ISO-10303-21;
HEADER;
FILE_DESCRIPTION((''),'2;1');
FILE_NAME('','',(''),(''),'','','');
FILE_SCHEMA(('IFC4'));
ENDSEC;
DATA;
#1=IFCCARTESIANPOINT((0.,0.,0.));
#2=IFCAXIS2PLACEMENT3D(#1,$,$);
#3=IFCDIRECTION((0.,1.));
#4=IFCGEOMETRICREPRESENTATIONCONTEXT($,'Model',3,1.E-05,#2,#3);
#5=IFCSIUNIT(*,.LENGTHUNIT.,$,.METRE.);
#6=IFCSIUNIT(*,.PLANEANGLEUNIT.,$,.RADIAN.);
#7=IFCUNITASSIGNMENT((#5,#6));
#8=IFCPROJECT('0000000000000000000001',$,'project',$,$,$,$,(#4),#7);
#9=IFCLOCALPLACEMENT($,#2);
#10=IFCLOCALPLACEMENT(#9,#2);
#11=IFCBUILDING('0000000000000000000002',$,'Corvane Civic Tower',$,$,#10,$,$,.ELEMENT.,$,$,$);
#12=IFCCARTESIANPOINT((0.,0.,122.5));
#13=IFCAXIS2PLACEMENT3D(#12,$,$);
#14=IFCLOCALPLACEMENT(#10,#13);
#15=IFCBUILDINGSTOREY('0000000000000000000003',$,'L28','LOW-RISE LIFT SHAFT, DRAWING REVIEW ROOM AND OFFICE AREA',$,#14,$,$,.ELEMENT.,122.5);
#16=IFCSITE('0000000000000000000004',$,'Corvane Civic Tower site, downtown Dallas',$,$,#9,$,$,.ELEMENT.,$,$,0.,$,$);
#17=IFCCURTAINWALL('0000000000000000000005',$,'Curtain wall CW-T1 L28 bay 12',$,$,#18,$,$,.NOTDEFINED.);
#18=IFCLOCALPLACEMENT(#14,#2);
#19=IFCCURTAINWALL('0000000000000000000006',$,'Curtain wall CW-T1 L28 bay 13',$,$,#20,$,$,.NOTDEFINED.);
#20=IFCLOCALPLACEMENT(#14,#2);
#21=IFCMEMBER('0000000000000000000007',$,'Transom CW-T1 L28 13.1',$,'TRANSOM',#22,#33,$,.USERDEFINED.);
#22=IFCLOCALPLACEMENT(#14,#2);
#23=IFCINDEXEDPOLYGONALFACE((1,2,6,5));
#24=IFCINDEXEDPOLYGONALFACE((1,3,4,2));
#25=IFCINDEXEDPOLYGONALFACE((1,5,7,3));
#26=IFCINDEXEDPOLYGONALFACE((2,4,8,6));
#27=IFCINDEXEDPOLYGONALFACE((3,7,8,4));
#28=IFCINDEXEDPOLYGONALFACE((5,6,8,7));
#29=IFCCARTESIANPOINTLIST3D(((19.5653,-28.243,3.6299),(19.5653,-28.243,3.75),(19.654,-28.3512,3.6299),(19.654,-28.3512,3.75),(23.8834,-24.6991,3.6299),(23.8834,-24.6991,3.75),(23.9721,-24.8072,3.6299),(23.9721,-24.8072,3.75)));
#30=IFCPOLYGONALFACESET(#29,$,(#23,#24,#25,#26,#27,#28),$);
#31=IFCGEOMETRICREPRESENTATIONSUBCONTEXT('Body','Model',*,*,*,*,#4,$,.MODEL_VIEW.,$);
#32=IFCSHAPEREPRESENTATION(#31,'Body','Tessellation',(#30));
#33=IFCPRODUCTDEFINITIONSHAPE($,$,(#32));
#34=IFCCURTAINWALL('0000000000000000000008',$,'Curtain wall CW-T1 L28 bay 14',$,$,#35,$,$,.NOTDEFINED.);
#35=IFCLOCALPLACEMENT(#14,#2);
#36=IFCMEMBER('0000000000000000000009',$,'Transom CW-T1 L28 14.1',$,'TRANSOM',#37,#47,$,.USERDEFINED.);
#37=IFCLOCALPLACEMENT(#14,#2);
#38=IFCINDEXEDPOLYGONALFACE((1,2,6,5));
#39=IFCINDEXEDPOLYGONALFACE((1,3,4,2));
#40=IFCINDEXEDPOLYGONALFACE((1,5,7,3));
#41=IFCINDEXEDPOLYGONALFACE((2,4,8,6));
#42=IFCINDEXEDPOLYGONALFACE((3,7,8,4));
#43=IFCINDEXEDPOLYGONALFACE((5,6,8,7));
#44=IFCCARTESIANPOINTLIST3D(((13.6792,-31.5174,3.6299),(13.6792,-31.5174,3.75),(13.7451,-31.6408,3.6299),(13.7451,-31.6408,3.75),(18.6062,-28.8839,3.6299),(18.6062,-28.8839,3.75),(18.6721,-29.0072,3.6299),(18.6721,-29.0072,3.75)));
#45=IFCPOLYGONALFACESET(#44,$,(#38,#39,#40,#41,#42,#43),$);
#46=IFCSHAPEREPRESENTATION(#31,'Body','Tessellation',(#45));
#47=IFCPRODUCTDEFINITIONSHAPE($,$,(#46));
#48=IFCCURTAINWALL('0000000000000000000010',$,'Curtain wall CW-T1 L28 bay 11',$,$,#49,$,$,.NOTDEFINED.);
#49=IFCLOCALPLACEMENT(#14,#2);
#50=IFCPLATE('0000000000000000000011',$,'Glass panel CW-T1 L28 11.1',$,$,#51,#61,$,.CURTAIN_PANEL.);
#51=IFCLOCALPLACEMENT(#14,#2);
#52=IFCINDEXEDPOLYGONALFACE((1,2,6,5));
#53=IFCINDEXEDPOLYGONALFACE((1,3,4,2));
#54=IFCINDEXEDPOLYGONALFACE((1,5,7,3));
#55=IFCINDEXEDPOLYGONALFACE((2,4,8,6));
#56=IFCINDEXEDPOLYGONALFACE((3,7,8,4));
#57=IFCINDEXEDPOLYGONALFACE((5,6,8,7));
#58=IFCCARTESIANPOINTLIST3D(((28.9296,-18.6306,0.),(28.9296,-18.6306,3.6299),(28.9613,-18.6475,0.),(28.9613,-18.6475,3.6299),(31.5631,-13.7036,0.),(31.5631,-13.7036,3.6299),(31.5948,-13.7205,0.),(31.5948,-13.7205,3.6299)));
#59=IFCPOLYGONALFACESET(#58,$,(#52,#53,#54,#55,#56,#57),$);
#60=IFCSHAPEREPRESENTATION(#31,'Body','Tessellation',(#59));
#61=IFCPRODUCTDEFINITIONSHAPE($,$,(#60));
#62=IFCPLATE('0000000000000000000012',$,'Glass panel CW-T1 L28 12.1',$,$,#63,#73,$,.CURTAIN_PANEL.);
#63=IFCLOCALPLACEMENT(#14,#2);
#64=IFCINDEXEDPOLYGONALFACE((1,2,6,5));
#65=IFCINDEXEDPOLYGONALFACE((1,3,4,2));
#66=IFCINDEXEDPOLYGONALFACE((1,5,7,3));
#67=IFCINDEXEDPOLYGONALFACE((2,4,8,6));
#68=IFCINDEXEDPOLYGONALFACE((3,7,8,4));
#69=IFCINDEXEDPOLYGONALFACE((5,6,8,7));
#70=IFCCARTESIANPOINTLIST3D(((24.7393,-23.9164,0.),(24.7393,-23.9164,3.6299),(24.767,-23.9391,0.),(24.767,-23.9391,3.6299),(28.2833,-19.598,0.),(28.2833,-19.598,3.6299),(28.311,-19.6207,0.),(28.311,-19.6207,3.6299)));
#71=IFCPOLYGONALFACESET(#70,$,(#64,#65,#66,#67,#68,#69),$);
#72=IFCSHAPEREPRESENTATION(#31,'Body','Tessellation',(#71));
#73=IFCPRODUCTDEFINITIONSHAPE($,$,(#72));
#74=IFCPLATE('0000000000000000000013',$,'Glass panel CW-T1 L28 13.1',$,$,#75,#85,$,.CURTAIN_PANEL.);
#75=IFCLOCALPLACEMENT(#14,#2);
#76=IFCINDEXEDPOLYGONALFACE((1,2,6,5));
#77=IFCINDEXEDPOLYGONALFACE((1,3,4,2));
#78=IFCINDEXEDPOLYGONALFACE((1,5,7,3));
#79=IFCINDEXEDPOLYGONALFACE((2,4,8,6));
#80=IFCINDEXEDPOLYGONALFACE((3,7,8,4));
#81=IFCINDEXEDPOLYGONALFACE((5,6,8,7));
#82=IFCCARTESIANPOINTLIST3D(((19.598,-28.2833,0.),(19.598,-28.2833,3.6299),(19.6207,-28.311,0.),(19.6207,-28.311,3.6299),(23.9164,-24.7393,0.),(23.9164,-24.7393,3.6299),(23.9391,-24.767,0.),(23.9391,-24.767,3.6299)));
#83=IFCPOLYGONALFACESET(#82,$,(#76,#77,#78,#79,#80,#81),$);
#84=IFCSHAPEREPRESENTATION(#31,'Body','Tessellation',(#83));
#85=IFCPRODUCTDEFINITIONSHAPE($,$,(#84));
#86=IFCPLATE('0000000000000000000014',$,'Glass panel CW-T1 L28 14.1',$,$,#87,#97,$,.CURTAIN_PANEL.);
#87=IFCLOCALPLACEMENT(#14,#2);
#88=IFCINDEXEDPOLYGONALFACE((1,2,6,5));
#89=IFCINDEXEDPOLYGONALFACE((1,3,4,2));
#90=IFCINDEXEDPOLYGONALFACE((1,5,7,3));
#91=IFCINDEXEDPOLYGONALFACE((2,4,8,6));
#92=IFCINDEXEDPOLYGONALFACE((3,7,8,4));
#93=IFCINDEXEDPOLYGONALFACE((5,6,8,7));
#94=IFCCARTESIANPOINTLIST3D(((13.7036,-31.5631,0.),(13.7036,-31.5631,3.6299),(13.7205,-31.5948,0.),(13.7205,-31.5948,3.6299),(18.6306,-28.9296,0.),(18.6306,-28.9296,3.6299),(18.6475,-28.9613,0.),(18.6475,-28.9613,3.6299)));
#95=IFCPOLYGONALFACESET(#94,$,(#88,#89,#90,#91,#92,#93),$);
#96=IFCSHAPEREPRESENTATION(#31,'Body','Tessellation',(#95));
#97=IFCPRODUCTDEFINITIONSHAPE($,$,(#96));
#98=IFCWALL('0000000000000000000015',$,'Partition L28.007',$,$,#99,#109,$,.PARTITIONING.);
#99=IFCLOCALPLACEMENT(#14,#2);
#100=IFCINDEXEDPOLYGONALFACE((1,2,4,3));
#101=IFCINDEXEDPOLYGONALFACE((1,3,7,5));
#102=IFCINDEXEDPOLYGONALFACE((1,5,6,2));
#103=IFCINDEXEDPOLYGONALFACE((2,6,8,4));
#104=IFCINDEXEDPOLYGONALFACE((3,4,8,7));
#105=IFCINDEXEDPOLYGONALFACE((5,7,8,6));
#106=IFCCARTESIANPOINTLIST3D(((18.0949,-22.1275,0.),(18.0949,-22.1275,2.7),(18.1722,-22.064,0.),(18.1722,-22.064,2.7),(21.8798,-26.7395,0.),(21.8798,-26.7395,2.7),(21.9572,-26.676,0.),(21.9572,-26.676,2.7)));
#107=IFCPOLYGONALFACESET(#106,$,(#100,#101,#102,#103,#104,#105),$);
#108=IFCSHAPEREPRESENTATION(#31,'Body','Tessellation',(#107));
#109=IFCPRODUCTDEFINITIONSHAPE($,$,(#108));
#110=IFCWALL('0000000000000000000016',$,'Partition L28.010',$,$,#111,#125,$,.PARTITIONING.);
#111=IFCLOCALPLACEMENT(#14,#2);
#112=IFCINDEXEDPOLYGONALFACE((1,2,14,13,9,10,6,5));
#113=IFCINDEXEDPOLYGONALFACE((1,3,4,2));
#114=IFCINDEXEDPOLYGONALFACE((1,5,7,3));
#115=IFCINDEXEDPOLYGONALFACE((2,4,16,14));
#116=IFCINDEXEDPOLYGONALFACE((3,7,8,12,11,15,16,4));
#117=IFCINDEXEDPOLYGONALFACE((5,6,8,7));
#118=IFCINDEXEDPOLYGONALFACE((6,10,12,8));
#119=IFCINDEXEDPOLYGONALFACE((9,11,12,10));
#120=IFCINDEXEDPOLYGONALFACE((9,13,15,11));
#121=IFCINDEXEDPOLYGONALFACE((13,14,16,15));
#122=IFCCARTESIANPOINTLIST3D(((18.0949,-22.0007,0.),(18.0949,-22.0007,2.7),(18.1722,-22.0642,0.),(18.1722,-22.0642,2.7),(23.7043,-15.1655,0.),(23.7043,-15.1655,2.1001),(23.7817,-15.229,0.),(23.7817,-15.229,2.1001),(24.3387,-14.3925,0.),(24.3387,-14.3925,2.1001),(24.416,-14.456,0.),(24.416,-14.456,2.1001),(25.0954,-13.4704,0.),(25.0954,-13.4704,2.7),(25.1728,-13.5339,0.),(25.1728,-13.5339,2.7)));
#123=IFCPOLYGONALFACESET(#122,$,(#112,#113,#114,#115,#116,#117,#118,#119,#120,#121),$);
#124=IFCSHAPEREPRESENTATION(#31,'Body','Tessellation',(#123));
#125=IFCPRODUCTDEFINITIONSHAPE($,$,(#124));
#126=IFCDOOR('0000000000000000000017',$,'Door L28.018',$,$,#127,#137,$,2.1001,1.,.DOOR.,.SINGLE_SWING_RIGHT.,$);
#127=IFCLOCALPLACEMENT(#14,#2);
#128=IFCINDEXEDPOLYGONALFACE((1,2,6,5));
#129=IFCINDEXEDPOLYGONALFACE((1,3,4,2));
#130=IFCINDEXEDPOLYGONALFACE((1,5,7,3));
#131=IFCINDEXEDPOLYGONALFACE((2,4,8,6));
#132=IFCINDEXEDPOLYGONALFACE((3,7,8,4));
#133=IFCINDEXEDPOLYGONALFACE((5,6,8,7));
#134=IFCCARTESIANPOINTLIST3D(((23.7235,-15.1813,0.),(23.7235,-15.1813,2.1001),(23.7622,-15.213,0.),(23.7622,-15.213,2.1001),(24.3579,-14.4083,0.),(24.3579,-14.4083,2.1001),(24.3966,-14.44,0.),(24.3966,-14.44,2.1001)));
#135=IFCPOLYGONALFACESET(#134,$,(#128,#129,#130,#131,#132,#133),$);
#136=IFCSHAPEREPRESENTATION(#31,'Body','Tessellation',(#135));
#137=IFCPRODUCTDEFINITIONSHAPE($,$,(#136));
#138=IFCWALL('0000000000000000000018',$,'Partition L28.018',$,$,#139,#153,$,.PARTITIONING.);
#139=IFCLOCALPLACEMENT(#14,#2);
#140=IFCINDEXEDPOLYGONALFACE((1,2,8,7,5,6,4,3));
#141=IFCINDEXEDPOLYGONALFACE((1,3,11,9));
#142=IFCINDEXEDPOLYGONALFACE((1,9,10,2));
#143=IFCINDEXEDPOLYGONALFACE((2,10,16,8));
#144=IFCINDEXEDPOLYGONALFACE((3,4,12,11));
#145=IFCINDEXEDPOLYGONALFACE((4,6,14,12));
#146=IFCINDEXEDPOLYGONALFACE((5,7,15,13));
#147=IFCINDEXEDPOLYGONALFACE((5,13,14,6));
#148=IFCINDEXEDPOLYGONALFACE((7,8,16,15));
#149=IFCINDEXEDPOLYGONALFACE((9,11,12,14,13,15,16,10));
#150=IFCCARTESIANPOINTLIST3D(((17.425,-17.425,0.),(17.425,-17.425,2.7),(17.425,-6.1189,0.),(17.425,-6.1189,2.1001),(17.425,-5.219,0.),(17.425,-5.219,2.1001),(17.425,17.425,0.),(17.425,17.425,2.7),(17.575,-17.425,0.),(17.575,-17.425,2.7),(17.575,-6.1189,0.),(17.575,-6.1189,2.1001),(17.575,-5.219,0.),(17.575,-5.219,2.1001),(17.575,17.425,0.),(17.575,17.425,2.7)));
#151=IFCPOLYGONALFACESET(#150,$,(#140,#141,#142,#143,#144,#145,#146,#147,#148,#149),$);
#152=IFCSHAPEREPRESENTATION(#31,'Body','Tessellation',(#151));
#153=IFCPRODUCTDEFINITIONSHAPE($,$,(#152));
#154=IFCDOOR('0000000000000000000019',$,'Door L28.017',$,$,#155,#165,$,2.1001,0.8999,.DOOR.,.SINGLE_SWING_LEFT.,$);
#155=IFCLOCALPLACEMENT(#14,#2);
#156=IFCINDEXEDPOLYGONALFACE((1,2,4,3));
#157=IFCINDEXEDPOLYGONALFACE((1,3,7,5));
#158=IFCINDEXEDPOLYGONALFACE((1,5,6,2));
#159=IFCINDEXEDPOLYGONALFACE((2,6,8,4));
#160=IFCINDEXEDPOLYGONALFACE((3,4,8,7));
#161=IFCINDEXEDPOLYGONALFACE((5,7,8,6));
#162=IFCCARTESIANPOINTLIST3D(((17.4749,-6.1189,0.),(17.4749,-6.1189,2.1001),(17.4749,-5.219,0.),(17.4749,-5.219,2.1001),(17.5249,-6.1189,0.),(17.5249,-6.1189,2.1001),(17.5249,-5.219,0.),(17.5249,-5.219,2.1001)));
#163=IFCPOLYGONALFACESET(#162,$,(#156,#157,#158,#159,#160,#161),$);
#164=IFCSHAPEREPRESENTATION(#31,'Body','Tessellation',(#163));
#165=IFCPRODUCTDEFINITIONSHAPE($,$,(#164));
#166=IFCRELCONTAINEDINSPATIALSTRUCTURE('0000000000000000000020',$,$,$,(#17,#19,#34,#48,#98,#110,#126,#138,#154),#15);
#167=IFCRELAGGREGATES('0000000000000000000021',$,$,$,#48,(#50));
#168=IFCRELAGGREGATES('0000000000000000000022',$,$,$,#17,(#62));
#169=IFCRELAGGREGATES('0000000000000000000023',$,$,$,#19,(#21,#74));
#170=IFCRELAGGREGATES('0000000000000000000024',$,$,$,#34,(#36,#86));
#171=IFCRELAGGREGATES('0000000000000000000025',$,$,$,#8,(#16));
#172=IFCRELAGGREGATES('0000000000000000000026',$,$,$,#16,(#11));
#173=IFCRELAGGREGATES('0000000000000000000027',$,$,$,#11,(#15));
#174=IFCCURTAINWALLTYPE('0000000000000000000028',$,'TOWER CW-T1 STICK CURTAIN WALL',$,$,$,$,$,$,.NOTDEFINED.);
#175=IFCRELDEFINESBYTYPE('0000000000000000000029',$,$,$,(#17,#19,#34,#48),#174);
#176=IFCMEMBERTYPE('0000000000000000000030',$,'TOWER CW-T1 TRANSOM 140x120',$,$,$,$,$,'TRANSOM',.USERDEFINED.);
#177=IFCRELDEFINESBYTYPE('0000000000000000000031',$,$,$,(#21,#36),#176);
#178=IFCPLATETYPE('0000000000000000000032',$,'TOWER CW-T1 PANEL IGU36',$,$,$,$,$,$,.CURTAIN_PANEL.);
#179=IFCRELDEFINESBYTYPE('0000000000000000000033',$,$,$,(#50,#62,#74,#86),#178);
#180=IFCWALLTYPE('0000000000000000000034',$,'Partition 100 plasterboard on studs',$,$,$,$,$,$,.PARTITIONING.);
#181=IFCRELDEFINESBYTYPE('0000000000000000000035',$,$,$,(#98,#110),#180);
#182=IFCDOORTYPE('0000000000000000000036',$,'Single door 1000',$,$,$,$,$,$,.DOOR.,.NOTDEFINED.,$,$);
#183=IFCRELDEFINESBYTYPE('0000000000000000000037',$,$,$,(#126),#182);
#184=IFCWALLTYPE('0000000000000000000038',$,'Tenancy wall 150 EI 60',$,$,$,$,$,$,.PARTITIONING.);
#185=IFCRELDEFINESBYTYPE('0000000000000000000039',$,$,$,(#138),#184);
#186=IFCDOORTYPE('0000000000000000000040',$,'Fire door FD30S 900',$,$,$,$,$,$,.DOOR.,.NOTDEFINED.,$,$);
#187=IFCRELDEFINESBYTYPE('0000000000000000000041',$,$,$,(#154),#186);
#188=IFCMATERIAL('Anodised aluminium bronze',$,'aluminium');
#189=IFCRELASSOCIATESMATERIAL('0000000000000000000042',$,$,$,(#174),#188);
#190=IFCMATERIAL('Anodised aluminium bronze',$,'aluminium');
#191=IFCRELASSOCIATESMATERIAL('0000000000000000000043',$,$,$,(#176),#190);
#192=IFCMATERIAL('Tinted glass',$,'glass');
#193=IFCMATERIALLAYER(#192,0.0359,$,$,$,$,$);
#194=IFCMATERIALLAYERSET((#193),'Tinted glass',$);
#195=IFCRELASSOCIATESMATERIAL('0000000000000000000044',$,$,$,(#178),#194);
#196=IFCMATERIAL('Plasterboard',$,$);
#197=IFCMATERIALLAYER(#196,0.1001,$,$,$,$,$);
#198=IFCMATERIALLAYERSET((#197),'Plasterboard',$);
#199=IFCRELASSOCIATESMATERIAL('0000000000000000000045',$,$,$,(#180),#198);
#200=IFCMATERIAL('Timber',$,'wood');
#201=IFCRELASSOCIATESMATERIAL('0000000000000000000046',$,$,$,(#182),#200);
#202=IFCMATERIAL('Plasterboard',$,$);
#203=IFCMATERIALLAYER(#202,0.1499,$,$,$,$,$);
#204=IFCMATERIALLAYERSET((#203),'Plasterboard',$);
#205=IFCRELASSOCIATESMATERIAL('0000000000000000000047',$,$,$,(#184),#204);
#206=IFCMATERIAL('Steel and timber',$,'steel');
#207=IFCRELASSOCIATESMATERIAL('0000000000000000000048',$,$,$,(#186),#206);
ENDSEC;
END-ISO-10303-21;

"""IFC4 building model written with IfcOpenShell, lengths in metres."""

from ifc_helpers import new_model, si_unit, direction, frame, frame_2d, origin, origin_2d, place, context, subcontext, project, spatial, rectangle, extrude, material, layer, layer_set, material_profile, profile_set, type_object, element, fill, aggregate, save


model = new_model("IFC4")

# Units and contexts
model_context = context("Model", 3, precision=1e-05, world=origin(), true_north=direction((0.0, 1.0)))
body_context = subcontext(model_context, "Body", "Model", "MODEL_VIEW")
ifc_project = project(units=[si_unit("LENGTHUNIT", "METRE"), si_unit("PLANEANGLEUNIT", "RADIAN")], contexts=[model_context])

# Site, building, storey
site_placement = place(None, origin())
site = spatial("IfcSite", under=ifc_project, at=site_placement, Name="Corvane Civic Tower site, downtown Dallas", CompositionType="ELEMENT", RefElevation=0.0)
building_placement = place(site_placement, origin())
building = spatial("IfcBuilding", under=site, at=building_placement, Name="Corvane Civic Tower", CompositionType="ELEMENT")
storey_placement = place(building_placement, frame((0.0, 0.0, 122.5)))
storey = spatial("IfcBuildingStorey", under=building, at=storey_placement, Name="L28", Description="LOW-RISE LIFT SHAFT, DRAWING REVIEW ROOM AND OFFICE AREA", CompositionType="ELEMENT", Elevation=122.5)

# Curtain walls, members
ifc_material_1 = material(Name="Anodised aluminium bronze", Category="aluminium")
curtain_wall_type = type_object("IfcCurtainWallType", Name="TOWER CW-T1 STICK CURTAIN WALL", PredefinedType="NOTDEFINED", material=ifc_material_1)
curtain_wall_1_placement = place(storey_placement, origin())
curtain_wall_1 = element("IfcCurtainWall", 1, at=curtain_wall_1_placement, inside=storey, type_object=curtain_wall_type, Name="Curtain wall CW-T1 L28 bay 12", PredefinedType="NOTDEFINED")
ifc_material_2 = material(Name="Anodised aluminium bronze", Category="aluminium")
ifc_material_profile_1 = material_profile(ifc_material_2, rectangle(XDim=0.1399, YDim=0.1201, at=origin_2d()), Name="TOWER CW-T1 TRANSOM 140x120")
ifc_profile_set_1 = profile_set([ifc_material_profile_1], Name="Anodised aluminium bronze")
member_type = type_object("IfcMemberType", Name="TOWER CW-T1 TRANSOM 140x120", ElementType="TRANSOM", PredefinedType="USERDEFINED", material=ifc_profile_set_1)
curtain_wall_2_placement = place(storey_placement, origin())
curtain_wall_2 = element("IfcCurtainWall", 2, at=curtain_wall_2_placement, inside=storey, type_object=curtain_wall_type, Name="Curtain wall CW-T1 L28 bay 13", PredefinedType="NOTDEFINED")
member_1_placement = place(storey_placement, frame((23.9277, -24.7532, 3.6899), z_axis=(-0.772996, -0.63441, 0.0), x_axis=(0.63441, -0.772996, 0.0)))
member_1 = element("IfcMember", 3, at=member_1_placement, type_object=member_type, Name="Transom CW-T1 L28 13.1", ObjectType="TRANSOM", PredefinedType="USERDEFINED", context=body_context, shape_type="SweptSolid", body=[
    extrude(rectangle(XDim=0.1399, YDim=0.1201, at=origin_2d()), origin(), (0.0, 0.0, 1.0), 5.5862),
])
curtain_wall_3_placement = place(storey_placement, origin())
curtain_wall_3 = element("IfcCurtainWall", 4, at=curtain_wall_3_placement, inside=storey, type_object=curtain_wall_type, Name="Curtain wall CW-T1 L28 bay 14", PredefinedType="NOTDEFINED")
member_2_placement = place(storey_placement, frame((18.6392, -28.9456, 3.6899), z_axis=(-0.881921, -0.471398, 0.0), x_axis=(0.471398, -0.881921, 0.0)))
member_2 = element("IfcMember", 5, at=member_2_placement, type_object=member_type, Name="Transom CW-T1 L28 14.1", ObjectType="TRANSOM", PredefinedType="USERDEFINED", context=body_context, shape_type="SweptSolid", body=[
    extrude(rectangle(XDim=0.1399, YDim=0.1201, at=origin_2d()), origin(), (0.0, 0.0, 1.0), 5.5867),
])

# Curtain wall, plate
curtain_wall_4_placement = place(storey_placement, origin())
curtain_wall_4 = element("IfcCurtainWall", 6, at=curtain_wall_4_placement, inside=storey, type_object=curtain_wall_type, Name="Curtain wall CW-T1 L28 bay 11", PredefinedType="NOTDEFINED")
ifc_material_3 = material(Name="Tinted glass", Category="glass")
ifc_layer_1 = layer(ifc_material_3, 0.0359)
ifc_layer_set_1 = layer_set([ifc_layer_1], Name="Tinted glass")
plate_type = type_object("IfcPlateType", Name="TOWER CW-T1 PANEL IGU36", PredefinedType="CURTAIN_PANEL", material=ifc_layer_set_1)
plate_1_placement = place(storey_placement, frame((30.2622, -16.1755, 0.0), z_axis=(0.0, 0.0, 1.0), x_axis=(-0.471392, -0.881924, 0.0)))
plate_1 = element("IfcPlate", 7, at=plate_1_placement, type_object=plate_type, Name="Glass panel CW-T1 L28 11.1", PredefinedType="CURTAIN_PANEL", context=body_context, shape_type="SweptSolid", body=[
    extrude(rectangle(XDim=5.5867, YDim=0.0359, at=origin_2d()), origin(), (0.0, 0.0, 1.0), 3.6299),
])
aggregate(curtain_wall_4, [plate_1])

# Plates
plate_2_placement = place(storey_placement, frame((26.5251, -21.7686, 0.0), z_axis=(0.0, 0.0, 1.0), x_axis=(-0.63439, -0.773013, 0.0)))
plate_2 = element("IfcPlate", 8, at=plate_2_placement, type_object=plate_type, Name="Glass panel CW-T1 L28 12.1", PredefinedType="CURTAIN_PANEL", context=body_context, shape_type="SweptSolid", body=[
    extrude(rectangle(XDim=5.5864, YDim=0.0359, at=origin_2d()), origin(), (0.0, 0.0, 1.0), 3.6299),
])
aggregate(curtain_wall_1, [plate_2])
plate_3_placement = place(storey_placement, frame((21.7686, -26.5251, 0.0), z_axis=(0.0, 0.0, 1.0), x_axis=(-0.773013, -0.63439, 0.0)))
plate_3 = element("IfcPlate", 9, at=plate_3_placement, type_object=plate_type, Name="Glass panel CW-T1 L28 13.1", PredefinedType="CURTAIN_PANEL", context=body_context, shape_type="SweptSolid", body=[
    extrude(rectangle(XDim=5.5864, YDim=0.0359, at=origin_2d()), origin(), (0.0, 0.0, 1.0), 3.6299),
])
aggregate(curtain_wall_2, [member_1, plate_3])
plate_4_placement = place(storey_placement, frame((16.1755, -30.2622, 0.0), z_axis=(0.0, 0.0, 1.0), x_axis=(-0.881924, -0.471392, 0.0)))
plate_4 = element("IfcPlate", 10, at=plate_4_placement, type_object=plate_type, Name="Glass panel CW-T1 L28 14.1", PredefinedType="CURTAIN_PANEL", context=body_context, shape_type="SweptSolid", body=[
    extrude(rectangle(XDim=5.5867, YDim=0.0359, at=origin_2d()), origin(), (0.0, 0.0, 1.0), 3.6299),
])
aggregate(curtain_wall_3, [member_2, plate_4])

# Wall
ifc_material_4 = material(Name="Plasterboard")
ifc_layer_2 = layer(ifc_material_4, 0.1001)
ifc_layer_set_2 = layer_set([ifc_layer_2], Name="Plasterboard")
wall_type_1 = type_object("IfcWallType", Name="Partition 100 plasterboard on studs", PredefinedType="PARTITIONING", material=ifc_layer_set_2)
wall_1_placement = place(storey_placement, frame((18.1335, -22.0957, 0.0), z_axis=(0.0, 0.0, 1.0), x_axis=(0.634382, -0.773019, 0.0)))
element("IfcWall", 11, at=wall_1_placement, inside=storey, type_object=wall_type_1, Name="Partition L28.007", PredefinedType="PARTITIONING", context=body_context, shape_type="SweptSolid", body=[
    extrude(rectangle(XDim=5.9663, YDim=0.1001, at=frame_2d((2.9832, 0.0))), origin(), (0.0, 0.0, 1.0), 2.7),
])

# Walls, openings, doors
wall_2_placement = place(storey_placement, frame((18.1335, -22.0325, 0.0), z_axis=(0.0, 0.0, 1.0), x_axis=(0.634386, 0.773016, 0.0)))
wall_2 = element("IfcWall", 12, at=wall_2_placement, inside=storey, type_object=wall_type_1, Name="Partition L28.010", PredefinedType="PARTITIONING", context=body_context, shape_type="SweptSolid", body=[
    extrude(rectangle(XDim=11.0352, YDim=0.1001, at=frame_2d((5.5176, 0.0))), origin(), (0.0, 0.0, 1.0), 2.7),
])
opening_1_placement = place(wall_2_placement, frame((8.8423, 0.0, 0.0)))
opening_1 = element("IfcOpeningElement", 13, at=opening_1_placement, cuts=wall_2, PredefinedType="OPENING", context=body_context, shape_type="SweptSolid", body=[
    extrude(rectangle(XDim=1.0, YDim=2.1001, at=frame_2d((0.5, 1.05))), frame((0.0, 0.0601, 0.0), z_axis=(0.0, -1.0, 0.0), x_axis=(1.0, 0.0, 0.0)), (0.0, 0.0, 1.0), 0.1201),
])
ifc_material_5 = material(Name="Timber", Category="wood")
door_type_1 = type_object("IfcDoorType", Name="Single door 1000", OperationType="NOTDEFINED", PredefinedType="DOOR", material=ifc_material_5)
door_1_placement = place(opening_1_placement, frame((1.0, 0.0, 0.0), z_axis=(0.0, 0.0, 1.0), x_axis=(-1.0, 0.0, 0.0)))
door_1 = element("IfcDoor", 14, at=door_1_placement, inside=storey, type_object=door_type_1, Name="Door L28.018", OperationType="SINGLE_SWING_RIGHT", OverallHeight=2.1001, OverallWidth=1.0, PredefinedType="DOOR", context=body_context, shape_type="SweptSolid", body=[
    extrude(rectangle(XDim=1.0, YDim=2.1001, at=frame_2d((0.5, 1.05))), frame((0.0, 0.0249, 0.0), z_axis=(0.0, -1.0, 0.0), x_axis=(1.0, 0.0, 0.0)), (0.0, 0.0, 1.0), 0.05),
])
fill(opening_1, door_1)
ifc_material_6 = material(Name="Plasterboard")
ifc_layer_3 = layer(ifc_material_6, 0.1499)
ifc_layer_set_3 = layer_set([ifc_layer_3], Name="Plasterboard")
wall_type_2 = type_object("IfcWallType", Name="Tenancy wall 150 EI 60", PredefinedType="PARTITIONING", material=ifc_layer_set_3)
wall_3_placement = place(storey_placement, frame((17.5, -17.425, 0.0), z_axis=(0.0, 0.0, 1.0), x_axis=(0.0, 1.0, 0.0)))
wall_3 = element("IfcWall", 15, at=wall_3_placement, inside=storey, type_object=wall_type_2, Name="Partition L28.018", PredefinedType="PARTITIONING", context=body_context, shape_type="SweptSolid", body=[
    extrude(rectangle(XDim=34.8501, YDim=0.1499, at=frame_2d((17.425, 0.0))), origin(), (0.0, 0.0, 1.0), 2.7),
])
opening_2_placement = place(wall_3_placement, frame((11.3062, 0.0, 0.0)))
opening_2 = element("IfcOpeningElement", 16, at=opening_2_placement, cuts=wall_3, PredefinedType="OPENING", context=body_context, shape_type="SweptSolid", body=[
    extrude(rectangle(XDim=0.8999, YDim=2.1001, at=frame_2d((0.45, 1.05))), frame((0.0, 0.085, 0.0), z_axis=(0.0, -1.0, 0.0), x_axis=(1.0, 0.0, 0.0)), (0.0, 0.0, 1.0), 0.1699),
])
ifc_material_7 = material(Name="Steel and timber", Category="steel")
door_type_2 = type_object("IfcDoorType", Name="Fire door FD30S 900", OperationType="NOTDEFINED", PredefinedType="DOOR", material=ifc_material_7)
door_2_placement = place(opening_2_placement, frame((0.8999, 0.0, 0.0), z_axis=(0.0, 0.0, 1.0), x_axis=(-1.0, 0.0, 0.0)))
door_2 = element("IfcDoor", 17, at=door_2_placement, inside=storey, type_object=door_type_2, Name="Door L28.017", OperationType="SINGLE_SWING_LEFT", OverallHeight=2.1001, OverallWidth=0.8999, PredefinedType="DOOR", context=body_context, shape_type="SweptSolid", body=[
    extrude(rectangle(XDim=0.8999, YDim=2.1001, at=frame_2d((0.45, 1.05))), frame((0.0, 0.0249, 0.0), z_axis=(0.0, -1.0, 0.0), x_axis=(1.0, 0.0, 0.0)), (0.0, 0.0, 1.0), 0.05),
])
fill(opening_2, door_2)

save(model, "model.ifc")
